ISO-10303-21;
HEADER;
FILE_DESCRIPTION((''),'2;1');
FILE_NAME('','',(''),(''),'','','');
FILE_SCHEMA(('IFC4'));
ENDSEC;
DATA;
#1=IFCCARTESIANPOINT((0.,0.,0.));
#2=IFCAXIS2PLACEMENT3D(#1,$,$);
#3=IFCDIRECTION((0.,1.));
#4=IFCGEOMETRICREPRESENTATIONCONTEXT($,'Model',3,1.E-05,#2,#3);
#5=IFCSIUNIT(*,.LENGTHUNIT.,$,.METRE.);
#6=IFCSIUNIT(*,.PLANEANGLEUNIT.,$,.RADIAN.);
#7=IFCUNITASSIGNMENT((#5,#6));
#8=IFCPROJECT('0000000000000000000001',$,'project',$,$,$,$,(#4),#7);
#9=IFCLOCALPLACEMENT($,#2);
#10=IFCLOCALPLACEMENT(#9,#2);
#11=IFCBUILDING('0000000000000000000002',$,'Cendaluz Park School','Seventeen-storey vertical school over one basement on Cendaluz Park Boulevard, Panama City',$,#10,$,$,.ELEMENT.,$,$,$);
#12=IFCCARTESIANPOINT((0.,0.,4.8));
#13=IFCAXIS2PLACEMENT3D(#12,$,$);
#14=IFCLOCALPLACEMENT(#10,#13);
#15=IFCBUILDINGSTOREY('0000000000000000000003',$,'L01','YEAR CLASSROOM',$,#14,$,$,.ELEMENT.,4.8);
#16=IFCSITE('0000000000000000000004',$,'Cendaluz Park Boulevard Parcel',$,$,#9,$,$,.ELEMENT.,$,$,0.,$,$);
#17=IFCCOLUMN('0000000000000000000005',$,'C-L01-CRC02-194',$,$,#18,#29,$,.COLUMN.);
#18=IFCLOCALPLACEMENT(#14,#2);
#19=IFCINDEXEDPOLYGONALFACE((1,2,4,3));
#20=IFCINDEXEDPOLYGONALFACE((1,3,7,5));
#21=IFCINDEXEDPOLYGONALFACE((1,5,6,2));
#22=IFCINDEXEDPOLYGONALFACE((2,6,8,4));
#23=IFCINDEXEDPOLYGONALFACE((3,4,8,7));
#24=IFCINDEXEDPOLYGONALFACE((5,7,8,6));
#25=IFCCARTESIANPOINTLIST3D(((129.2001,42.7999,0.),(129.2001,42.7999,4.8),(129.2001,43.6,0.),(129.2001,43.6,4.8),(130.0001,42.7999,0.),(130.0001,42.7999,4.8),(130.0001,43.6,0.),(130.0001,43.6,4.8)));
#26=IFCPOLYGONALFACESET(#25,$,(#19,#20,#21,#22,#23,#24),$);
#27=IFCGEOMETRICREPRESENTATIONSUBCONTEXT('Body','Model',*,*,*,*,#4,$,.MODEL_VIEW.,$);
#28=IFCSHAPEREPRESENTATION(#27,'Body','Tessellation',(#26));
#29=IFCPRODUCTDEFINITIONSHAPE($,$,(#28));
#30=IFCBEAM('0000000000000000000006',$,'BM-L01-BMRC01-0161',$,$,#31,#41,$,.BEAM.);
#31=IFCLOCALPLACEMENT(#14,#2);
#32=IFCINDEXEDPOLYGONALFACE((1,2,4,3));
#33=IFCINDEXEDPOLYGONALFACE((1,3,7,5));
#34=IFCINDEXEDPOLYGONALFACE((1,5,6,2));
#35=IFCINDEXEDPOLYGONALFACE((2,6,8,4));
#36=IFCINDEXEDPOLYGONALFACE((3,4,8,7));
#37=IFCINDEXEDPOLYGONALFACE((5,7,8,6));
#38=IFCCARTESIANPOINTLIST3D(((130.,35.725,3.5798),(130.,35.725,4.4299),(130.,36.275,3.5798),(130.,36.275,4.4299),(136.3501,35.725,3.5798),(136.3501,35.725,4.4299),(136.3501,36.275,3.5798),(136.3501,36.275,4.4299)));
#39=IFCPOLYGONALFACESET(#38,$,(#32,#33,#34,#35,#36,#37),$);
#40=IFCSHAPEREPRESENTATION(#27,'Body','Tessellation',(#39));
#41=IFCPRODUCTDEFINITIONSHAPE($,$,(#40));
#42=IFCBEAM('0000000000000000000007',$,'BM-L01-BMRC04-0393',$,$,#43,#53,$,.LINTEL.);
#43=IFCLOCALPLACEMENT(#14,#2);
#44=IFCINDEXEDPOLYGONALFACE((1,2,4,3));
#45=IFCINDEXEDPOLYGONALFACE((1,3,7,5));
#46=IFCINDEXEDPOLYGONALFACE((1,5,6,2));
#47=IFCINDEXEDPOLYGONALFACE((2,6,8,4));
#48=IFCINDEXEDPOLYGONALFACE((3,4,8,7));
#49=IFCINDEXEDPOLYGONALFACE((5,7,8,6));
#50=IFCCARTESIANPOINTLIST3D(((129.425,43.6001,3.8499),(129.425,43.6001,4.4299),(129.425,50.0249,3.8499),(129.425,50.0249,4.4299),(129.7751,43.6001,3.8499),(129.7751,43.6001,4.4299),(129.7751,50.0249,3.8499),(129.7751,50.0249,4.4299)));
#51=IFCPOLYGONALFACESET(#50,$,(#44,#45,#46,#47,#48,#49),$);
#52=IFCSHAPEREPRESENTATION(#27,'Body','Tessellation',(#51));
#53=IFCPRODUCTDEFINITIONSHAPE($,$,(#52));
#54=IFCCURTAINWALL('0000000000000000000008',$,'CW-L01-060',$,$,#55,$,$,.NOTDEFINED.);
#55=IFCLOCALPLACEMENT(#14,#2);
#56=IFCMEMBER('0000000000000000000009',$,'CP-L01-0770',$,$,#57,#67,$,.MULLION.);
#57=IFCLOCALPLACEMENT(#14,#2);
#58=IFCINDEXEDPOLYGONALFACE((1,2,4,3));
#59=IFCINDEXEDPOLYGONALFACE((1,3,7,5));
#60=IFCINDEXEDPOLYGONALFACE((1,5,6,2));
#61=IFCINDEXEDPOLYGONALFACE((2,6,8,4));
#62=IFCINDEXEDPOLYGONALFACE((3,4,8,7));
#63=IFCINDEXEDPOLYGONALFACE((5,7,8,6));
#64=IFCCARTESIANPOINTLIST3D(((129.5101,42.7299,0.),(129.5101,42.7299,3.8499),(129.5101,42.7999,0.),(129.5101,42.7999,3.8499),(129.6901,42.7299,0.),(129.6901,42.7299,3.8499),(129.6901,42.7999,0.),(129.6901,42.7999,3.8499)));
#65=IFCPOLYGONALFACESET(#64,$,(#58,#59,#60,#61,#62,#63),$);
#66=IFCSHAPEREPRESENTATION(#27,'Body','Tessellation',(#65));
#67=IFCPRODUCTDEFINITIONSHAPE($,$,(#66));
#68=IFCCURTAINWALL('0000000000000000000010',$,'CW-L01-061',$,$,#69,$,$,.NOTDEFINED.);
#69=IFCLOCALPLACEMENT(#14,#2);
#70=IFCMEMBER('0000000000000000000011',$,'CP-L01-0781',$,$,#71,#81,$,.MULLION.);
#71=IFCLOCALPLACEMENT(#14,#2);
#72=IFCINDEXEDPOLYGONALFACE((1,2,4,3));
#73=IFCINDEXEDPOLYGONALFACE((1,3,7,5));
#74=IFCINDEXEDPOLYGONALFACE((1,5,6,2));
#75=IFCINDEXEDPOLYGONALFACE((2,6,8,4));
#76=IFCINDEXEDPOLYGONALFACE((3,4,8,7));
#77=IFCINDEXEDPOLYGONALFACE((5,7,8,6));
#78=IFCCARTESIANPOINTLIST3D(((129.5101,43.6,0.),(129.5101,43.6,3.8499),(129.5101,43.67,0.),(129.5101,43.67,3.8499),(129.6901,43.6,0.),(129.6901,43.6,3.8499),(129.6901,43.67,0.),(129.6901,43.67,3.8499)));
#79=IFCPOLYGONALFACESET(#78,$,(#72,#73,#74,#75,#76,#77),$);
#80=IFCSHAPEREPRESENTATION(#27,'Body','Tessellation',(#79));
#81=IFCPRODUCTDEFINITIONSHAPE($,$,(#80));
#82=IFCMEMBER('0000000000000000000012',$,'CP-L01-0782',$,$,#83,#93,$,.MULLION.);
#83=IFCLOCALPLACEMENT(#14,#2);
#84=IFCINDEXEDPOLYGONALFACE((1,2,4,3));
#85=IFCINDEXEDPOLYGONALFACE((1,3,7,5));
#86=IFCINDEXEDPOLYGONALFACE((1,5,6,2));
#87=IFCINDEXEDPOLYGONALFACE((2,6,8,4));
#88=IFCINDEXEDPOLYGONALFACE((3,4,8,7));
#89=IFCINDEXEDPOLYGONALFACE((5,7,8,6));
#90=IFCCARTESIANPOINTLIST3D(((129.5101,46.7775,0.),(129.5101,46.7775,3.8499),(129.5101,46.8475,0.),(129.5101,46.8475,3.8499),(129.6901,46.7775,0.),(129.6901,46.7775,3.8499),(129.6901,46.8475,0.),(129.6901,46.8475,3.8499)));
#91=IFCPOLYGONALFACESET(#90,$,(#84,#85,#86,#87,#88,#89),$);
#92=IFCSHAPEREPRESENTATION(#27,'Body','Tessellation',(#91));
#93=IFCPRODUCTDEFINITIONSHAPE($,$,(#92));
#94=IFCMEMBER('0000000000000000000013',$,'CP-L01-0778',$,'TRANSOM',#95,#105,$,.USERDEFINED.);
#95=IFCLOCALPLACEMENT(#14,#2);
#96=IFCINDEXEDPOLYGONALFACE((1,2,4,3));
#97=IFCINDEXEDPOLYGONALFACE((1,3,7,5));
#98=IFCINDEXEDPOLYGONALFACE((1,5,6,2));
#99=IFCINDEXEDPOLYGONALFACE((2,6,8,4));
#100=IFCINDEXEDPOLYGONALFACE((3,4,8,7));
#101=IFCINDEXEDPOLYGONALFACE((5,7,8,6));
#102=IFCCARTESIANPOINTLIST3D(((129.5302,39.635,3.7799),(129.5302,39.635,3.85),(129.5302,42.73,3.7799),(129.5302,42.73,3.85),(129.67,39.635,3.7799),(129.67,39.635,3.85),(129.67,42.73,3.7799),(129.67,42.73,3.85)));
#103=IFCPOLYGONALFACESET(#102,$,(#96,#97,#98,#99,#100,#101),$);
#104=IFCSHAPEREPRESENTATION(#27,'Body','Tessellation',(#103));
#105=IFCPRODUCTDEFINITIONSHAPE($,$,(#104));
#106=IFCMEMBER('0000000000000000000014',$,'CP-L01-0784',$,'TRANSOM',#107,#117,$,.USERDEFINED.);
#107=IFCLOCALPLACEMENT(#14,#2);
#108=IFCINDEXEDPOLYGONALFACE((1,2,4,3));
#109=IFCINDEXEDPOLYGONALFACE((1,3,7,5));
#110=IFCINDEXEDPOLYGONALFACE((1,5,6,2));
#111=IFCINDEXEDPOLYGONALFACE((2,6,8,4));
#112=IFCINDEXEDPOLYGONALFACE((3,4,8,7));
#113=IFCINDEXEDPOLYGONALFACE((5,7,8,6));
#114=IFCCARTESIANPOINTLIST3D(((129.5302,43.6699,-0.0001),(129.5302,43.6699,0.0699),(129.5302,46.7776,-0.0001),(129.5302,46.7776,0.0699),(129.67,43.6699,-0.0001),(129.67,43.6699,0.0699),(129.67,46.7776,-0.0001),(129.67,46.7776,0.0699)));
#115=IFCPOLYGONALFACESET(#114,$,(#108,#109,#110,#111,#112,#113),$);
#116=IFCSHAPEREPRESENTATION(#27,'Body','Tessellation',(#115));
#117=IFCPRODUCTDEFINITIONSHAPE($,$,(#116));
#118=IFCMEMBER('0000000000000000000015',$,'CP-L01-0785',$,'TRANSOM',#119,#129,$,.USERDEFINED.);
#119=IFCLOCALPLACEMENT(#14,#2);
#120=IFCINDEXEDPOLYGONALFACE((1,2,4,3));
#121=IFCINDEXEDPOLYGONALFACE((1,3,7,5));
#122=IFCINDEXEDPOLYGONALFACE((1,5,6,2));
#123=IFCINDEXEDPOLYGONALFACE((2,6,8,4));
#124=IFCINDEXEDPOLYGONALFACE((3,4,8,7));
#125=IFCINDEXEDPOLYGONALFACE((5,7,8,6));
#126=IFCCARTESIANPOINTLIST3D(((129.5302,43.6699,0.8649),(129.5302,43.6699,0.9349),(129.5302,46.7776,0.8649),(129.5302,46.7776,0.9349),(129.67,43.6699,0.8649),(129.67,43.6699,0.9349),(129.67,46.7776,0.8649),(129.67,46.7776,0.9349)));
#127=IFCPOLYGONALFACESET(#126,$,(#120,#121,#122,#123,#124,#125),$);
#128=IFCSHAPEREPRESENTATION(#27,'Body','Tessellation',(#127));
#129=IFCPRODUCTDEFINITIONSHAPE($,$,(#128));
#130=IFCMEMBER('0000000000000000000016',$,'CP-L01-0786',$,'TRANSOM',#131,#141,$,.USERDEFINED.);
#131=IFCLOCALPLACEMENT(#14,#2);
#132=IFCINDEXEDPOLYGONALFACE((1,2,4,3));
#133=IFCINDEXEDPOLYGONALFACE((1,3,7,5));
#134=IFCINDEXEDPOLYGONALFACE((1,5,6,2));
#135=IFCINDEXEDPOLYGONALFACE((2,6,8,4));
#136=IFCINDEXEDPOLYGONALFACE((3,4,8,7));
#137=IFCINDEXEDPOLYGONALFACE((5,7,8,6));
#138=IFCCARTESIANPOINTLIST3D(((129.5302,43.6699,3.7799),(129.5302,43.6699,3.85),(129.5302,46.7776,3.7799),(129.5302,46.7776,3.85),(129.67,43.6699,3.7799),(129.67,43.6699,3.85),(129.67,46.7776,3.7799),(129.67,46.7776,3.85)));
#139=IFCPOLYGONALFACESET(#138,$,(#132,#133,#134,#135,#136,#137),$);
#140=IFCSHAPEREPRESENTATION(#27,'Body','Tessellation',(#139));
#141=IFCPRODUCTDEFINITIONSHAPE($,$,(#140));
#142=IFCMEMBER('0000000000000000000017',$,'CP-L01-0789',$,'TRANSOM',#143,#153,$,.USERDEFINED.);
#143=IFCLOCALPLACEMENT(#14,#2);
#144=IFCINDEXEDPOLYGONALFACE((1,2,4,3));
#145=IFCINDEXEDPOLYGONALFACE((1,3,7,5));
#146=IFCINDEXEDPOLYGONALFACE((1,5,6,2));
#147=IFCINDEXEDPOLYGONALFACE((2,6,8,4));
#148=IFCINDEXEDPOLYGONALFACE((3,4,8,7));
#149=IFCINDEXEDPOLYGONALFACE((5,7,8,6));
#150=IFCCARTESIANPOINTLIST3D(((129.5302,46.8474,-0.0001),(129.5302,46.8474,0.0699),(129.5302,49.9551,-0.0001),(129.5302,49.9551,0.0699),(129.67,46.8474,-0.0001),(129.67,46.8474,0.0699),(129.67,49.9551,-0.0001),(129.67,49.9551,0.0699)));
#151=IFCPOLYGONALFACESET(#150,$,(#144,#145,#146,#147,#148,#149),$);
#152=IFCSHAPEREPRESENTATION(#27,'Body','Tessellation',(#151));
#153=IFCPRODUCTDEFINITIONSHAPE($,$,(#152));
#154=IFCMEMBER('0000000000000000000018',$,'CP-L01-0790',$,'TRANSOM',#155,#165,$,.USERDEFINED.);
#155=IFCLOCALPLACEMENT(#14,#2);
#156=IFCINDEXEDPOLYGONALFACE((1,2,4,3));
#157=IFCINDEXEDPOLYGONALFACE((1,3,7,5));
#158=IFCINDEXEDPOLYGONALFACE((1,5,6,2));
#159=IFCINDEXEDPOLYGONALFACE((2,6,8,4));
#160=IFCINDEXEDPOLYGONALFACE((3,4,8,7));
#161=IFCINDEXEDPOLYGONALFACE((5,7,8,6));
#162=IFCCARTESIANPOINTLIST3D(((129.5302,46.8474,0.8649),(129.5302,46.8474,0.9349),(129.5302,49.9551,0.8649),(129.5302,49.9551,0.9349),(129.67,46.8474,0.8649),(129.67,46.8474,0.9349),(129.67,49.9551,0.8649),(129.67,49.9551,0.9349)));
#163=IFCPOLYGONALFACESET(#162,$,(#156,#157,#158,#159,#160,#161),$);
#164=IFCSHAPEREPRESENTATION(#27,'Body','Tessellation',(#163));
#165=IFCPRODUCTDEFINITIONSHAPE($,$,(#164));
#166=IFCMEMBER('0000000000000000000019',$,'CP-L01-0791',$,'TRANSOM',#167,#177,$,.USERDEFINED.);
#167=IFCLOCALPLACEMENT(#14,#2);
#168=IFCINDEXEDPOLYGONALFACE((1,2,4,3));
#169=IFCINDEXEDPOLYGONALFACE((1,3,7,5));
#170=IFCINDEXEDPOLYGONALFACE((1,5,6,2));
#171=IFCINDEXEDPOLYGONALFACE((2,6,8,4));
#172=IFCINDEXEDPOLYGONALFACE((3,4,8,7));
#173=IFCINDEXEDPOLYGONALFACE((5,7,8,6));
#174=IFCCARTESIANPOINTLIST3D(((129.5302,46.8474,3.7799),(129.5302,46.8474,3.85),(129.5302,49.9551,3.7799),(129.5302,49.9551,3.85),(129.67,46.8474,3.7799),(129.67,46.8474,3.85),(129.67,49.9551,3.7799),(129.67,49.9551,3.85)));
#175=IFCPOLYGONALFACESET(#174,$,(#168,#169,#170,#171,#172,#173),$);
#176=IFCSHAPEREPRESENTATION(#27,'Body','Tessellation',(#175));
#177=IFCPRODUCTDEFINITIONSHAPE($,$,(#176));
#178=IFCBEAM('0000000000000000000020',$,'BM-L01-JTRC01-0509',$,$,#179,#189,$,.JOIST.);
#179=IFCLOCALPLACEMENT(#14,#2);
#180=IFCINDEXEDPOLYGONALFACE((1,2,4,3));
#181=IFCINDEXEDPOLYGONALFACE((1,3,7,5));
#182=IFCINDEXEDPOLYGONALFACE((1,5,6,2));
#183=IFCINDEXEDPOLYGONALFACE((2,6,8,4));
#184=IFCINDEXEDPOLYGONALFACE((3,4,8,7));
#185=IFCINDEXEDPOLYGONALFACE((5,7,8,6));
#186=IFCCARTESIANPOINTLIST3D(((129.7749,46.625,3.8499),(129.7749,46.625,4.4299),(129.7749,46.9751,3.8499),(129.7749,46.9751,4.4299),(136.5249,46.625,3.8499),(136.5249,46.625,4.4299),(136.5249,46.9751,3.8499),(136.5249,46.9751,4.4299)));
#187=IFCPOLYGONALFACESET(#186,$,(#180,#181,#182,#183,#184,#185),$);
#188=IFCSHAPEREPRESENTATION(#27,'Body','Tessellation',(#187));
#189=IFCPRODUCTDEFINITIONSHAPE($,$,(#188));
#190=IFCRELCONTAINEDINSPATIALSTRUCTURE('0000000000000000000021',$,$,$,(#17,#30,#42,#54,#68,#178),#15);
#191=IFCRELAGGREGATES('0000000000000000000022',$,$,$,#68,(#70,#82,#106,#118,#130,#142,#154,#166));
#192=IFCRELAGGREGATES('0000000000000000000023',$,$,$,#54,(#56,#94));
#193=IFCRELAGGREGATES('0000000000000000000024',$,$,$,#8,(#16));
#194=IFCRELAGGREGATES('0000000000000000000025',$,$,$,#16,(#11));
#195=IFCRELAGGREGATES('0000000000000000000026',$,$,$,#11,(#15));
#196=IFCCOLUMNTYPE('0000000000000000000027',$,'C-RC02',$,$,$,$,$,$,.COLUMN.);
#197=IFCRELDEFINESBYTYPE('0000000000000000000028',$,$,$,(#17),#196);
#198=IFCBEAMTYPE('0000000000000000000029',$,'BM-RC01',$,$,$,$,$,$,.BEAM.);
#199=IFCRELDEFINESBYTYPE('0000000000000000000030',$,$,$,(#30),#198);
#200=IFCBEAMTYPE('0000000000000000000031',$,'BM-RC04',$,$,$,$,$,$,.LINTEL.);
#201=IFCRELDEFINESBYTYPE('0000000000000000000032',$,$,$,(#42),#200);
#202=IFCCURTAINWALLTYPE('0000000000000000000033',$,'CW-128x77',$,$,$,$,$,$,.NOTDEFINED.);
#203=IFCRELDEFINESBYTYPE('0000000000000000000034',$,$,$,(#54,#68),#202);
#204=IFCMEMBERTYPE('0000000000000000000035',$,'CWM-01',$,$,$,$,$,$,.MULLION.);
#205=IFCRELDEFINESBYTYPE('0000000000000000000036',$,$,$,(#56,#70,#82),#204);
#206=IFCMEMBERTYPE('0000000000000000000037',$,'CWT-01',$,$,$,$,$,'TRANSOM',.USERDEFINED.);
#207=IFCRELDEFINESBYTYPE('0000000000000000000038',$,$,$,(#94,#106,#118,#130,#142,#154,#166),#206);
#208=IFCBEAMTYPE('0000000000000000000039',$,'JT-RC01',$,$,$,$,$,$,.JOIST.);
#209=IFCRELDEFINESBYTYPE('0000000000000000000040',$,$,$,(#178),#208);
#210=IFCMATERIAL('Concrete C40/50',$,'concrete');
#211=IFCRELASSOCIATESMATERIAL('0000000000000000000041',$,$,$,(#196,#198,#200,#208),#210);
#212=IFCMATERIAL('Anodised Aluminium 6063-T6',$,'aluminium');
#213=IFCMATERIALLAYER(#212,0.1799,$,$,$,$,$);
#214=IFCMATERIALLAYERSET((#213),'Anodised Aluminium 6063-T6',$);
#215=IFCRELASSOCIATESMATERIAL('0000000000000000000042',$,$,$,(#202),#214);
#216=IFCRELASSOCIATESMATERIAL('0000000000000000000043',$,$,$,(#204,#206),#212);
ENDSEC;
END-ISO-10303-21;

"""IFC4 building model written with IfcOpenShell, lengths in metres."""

from ifc_helpers import new_model, si_unit, direction, frame, origin, origin_2d, place, context, subcontext, project, spatial, rectangle, extrude, material, layer, layer_set, material_profile, profile_set, type_object, element, aggregate, save


model = new_model("IFC4")

# Units and contexts
model_context = context("Model", 3, precision=1e-05, world=origin(), true_north=direction((0.0, 1.0)))
body_context = subcontext(model_context, "Body", "Model", "MODEL_VIEW")
ifc_project = project(units=[si_unit("LENGTHUNIT", "METRE"), si_unit("PLANEANGLEUNIT", "RADIAN")], contexts=[model_context])

# Site, building, storey
site_placement = place(None, origin())
site = spatial("IfcSite", under=ifc_project, at=site_placement, Name="Cendaluz Park Boulevard Parcel", CompositionType="ELEMENT", RefElevation=0.0)
building_placement = place(site_placement, origin())
building = spatial("IfcBuilding", under=site, at=building_placement, Name="Cendaluz Park School", Description="Seventeen-storey vertical school over one basement on Cendaluz Park Boulevard, Panama City", CompositionType="ELEMENT")
storey_placement = place(building_placement, frame((0.0, 0.0, 4.8)))
storey = spatial("IfcBuildingStorey", under=building, at=storey_placement, Name="L01", Description="YEAR CLASSROOM", CompositionType="ELEMENT", Elevation=4.8)

# Column
ifc_material_1 = material(Name="Concrete C40/50", Category="concrete")
ifc_material_profile_1 = material_profile(ifc_material_1, rectangle(XDim=0.8, YDim=0.8, at=origin_2d()), Name="RC 800x800", Category="concrete")
ifc_profile_set_1 = profile_set([ifc_material_profile_1], Name="Concrete C40/50")
column_type = type_object("IfcColumnType", Name="C-RC02", PredefinedType="COLUMN", material=ifc_profile_set_1)
column_placement = place(storey_placement, frame((129.6001, 43.2, 0.0), z_axis=(0.0, 0.0, 1.0), x_axis=(1.0, 0.0, 0.0)))
element("IfcColumn", 1, at=column_placement, inside=storey, type_object=column_type, Name="C-L01-CRC02-194", PredefinedType="COLUMN", context=body_context, shape_type="SweptSolid", body=[
    extrude(rectangle(XDim=0.8, YDim=0.8, at=origin_2d()), origin(), (0.0, 0.0, 1.0), 4.8),
])

# Beams
ifc_material_profile_2 = material_profile(ifc_material_1, rectangle(XDim=0.55, YDim=0.8501, at=origin_2d()), Name="RC 550x850", Category="concrete")
ifc_profile_set_2 = profile_set([ifc_material_profile_2], Name="Concrete C40/50")
beam_type_1 = type_object("IfcBeamType", Name="BM-RC01", PredefinedType="BEAM", material=ifc_profile_set_2)
beam_1_placement = place(storey_placement, frame((130.0, 36.0, 4.0049), z_axis=(1.0, 0.0, 0.0), x_axis=(0.0, 1.0, 0.0)))
element("IfcBeam", 2, at=beam_1_placement, inside=storey, type_object=beam_type_1, Name="BM-L01-BMRC01-0161", PredefinedType="BEAM", context=body_context, shape_type="SweptSolid", body=[
    extrude(rectangle(XDim=0.55, YDim=0.8501, at=origin_2d()), origin(), (0.0, 0.0, 1.0), 6.3501),
])
ifc_material_profile_3 = material_profile(ifc_material_1, rectangle(XDim=0.3501, YDim=0.5801, at=origin_2d()), Name="RC 350x580", Category="concrete")
ifc_profile_set_3 = profile_set([ifc_material_profile_3], Name="Concrete C40/50")
beam_type_2 = type_object("IfcBeamType", Name="BM-RC04", PredefinedType="LINTEL", material=ifc_profile_set_3)
beam_2_placement = place(storey_placement, frame((129.6001, 43.6001, 4.1399), z_axis=(0.0, 1.0, 0.0), x_axis=(-1.0, 0.0, 0.0)))
element("IfcBeam", 3, at=beam_2_placement, inside=storey, type_object=beam_type_2, Name="BM-L01-BMRC04-0393", PredefinedType="LINTEL", context=body_context, shape_type="SweptSolid", body=[
    extrude(rectangle(XDim=0.3501, YDim=0.5801, at=origin_2d()), origin(), (0.0, 0.0, 1.0), 6.4248),
])

# Curtain wall, member
ifc_material_2 = material(Name="Anodised Aluminium 6063-T6", Category="aluminium")
ifc_layer_1 = layer(ifc_material_2, 0.1799)
ifc_layer_set_1 = layer_set([ifc_layer_1], Name="Anodised Aluminium 6063-T6")
curtain_wall_type = type_object("IfcCurtainWallType", Name="CW-128x77", PredefinedType="NOTDEFINED", material=ifc_layer_set_1)
curtain_wall_1_placement = place(storey_placement, origin())
curtain_wall_1 = element("IfcCurtainWall", 4, at=curtain_wall_1_placement, inside=storey, type_object=curtain_wall_type, Name="CW-L01-060", PredefinedType="NOTDEFINED")
ifc_material_profile_4 = material_profile(ifc_material_2, rectangle(XDim=0.1799, YDim=0.0701, at=origin_2d()), Name="CWM 180x70", Category="aluminium")
ifc_profile_set_4 = profile_set([ifc_material_profile_4], Name="Anodised Aluminium 6063-T6")
member_type_1 = type_object("IfcMemberType", Name="CWM-01", PredefinedType="MULLION", material=ifc_profile_set_4)
member_1_placement = place(storey_placement, frame((129.6001, 42.7649, 0.0), z_axis=(0.0, 0.0, 1.0), x_axis=(-1.0, 0.0, 0.0)))
member_1 = element("IfcMember", 5, at=member_1_placement, type_object=member_type_1, Name="CP-L01-0770", PredefinedType="MULLION", context=body_context, shape_type="SweptSolid", body=[
    extrude(rectangle(XDim=0.1799, YDim=0.0701, at=origin_2d()), origin(), (0.0, 0.0, 1.0), 3.8499),
])

# Curtain wall, members
curtain_wall_2_placement = place(storey_placement, origin())
curtain_wall_2 = element("IfcCurtainWall", 6, at=curtain_wall_2_placement, inside=storey, type_object=curtain_wall_type, Name="CW-L01-061", PredefinedType="NOTDEFINED")
member_2_placement = place(storey_placement, frame((129.6001, 43.635, 0.0), z_axis=(0.0, 0.0, 1.0), x_axis=(-1.0, 0.0, 0.0)))
member_2 = element("IfcMember", 7, at=member_2_placement, type_object=member_type_1, Name="CP-L01-0781", PredefinedType="MULLION", context=body_context, shape_type="SweptSolid", body=[
    extrude(rectangle(XDim=0.1799, YDim=0.0701, at=origin_2d()), origin(), (0.0, 0.0, 1.0), 3.8499),
])
member_3_placement = place(storey_placement, frame((129.6001, 46.8125, 0.0), z_axis=(0.0, 0.0, 1.0), x_axis=(-1.0, 0.0, 0.0)))
member_3 = element("IfcMember", 8, at=member_3_placement, type_object=member_type_1, Name="CP-L01-0782", PredefinedType="MULLION", context=body_context, shape_type="SweptSolid", body=[
    extrude(rectangle(XDim=0.1799, YDim=0.0701, at=origin_2d()), origin(), (0.0, 0.0, 1.0), 3.8499),
])

# Members
ifc_material_profile_5 = material_profile(ifc_material_2, rectangle(XDim=0.1399, YDim=0.0701, at=origin_2d()), Name="CWT 140x70", Category="aluminium")
ifc_profile_set_5 = profile_set([ifc_material_profile_5], Name="Anodised Aluminium 6063-T6")
member_type_2 = type_object("IfcMemberType", Name="CWT-01", ElementType="TRANSOM", PredefinedType="USERDEFINED", material=ifc_profile_set_5)
member_4_placement = place(storey_placement, frame((129.6001, 39.635, 3.8149), z_axis=(0.0, 1.0, 0.0), x_axis=(-1.0, 0.0, 0.0)))
member_4 = element("IfcMember", 9, at=member_4_placement, type_object=member_type_2, Name="CP-L01-0778", ObjectType="TRANSOM", PredefinedType="USERDEFINED", context=body_context, shape_type="SweptSolid", body=[
    extrude(rectangle(XDim=0.1399, YDim=0.0701, at=origin_2d()), origin(), (0.0, 0.0, 1.0), 3.095),
])
member_5_placement = place(storey_placement, frame((129.6001, 43.6699, 0.0349), z_axis=(0.0, 1.0, 0.0), x_axis=(-1.0, 0.0, 0.0)))
member_5 = element("IfcMember", 10, at=member_5_placement, type_object=member_type_2, Name="CP-L01-0784", ObjectType="TRANSOM", PredefinedType="USERDEFINED", context=body_context, shape_type="SweptSolid", body=[
    extrude(rectangle(XDim=0.1399, YDim=0.0701, at=origin_2d()), origin(), (0.0, 0.0, 1.0), 3.1077),
])
member_6_placement = place(storey_placement, frame((129.6001, 43.6699, 0.8999), z_axis=(0.0, 1.0, 0.0), x_axis=(-1.0, 0.0, 0.0)))
member_6 = element("IfcMember", 11, at=member_6_placement, type_object=member_type_2, Name="CP-L01-0785", ObjectType="TRANSOM", PredefinedType="USERDEFINED", context=body_context, shape_type="SweptSolid", body=[
    extrude(rectangle(XDim=0.1399, YDim=0.0701, at=origin_2d()), origin(), (0.0, 0.0, 1.0), 3.1077),
])
member_7_placement = place(storey_placement, frame((129.6001, 43.6699, 3.8149), z_axis=(0.0, 1.0, 0.0), x_axis=(-1.0, 0.0, 0.0)))
member_7 = element("IfcMember", 12, at=member_7_placement, type_object=member_type_2, Name="CP-L01-0786", ObjectType="TRANSOM", PredefinedType="USERDEFINED", context=body_context, shape_type="SweptSolid", body=[
    extrude(rectangle(XDim=0.1399, YDim=0.0701, at=origin_2d()), origin(), (0.0, 0.0, 1.0), 3.1077),
])
member_8_placement = place(storey_placement, frame((129.6001, 46.8474, 0.0349), z_axis=(0.0, 1.0, 0.0), x_axis=(-1.0, 0.0, 0.0)))
member_8 = element("IfcMember", 13, at=member_8_placement, type_object=member_type_2, Name="CP-L01-0789", ObjectType="TRANSOM", PredefinedType="USERDEFINED", context=body_context, shape_type="SweptSolid", body=[
    extrude(rectangle(XDim=0.1399, YDim=0.0701, at=origin_2d()), origin(), (0.0, 0.0, 1.0), 3.1077),
])
member_9_placement = place(storey_placement, frame((129.6001, 46.8474, 0.8999), z_axis=(0.0, 1.0, 0.0), x_axis=(-1.0, 0.0, 0.0)))
member_9 = element("IfcMember", 14, at=member_9_placement, type_object=member_type_2, Name="CP-L01-0790", ObjectType="TRANSOM", PredefinedType="USERDEFINED", context=body_context, shape_type="SweptSolid", body=[
    extrude(rectangle(XDim=0.1399, YDim=0.0701, at=origin_2d()), origin(), (0.0, 0.0, 1.0), 3.1077),
])
member_10_placement = place(storey_placement, frame((129.6001, 46.8474, 3.8149), z_axis=(0.0, 1.0, 0.0), x_axis=(-1.0, 0.0, 0.0)))
member_10 = element("IfcMember", 15, at=member_10_placement, type_object=member_type_2, Name="CP-L01-0791", ObjectType="TRANSOM", PredefinedType="USERDEFINED", context=body_context, shape_type="SweptSolid", body=[
    extrude(rectangle(XDim=0.1399, YDim=0.0701, at=origin_2d()), origin(), (0.0, 0.0, 1.0), 3.1077),
])

# Beam
ifc_material_profile_6 = material_profile(ifc_material_1, rectangle(XDim=0.3501, YDim=0.5801, at=origin_2d()), Name="RC 350x580", Category="concrete")
ifc_profile_set_6 = profile_set([ifc_material_profile_6], Name="Concrete C40/50")
beam_type_3 = type_object("IfcBeamType", Name="JT-RC01", PredefinedType="JOIST", material=ifc_profile_set_6)
beam_3_placement = place(storey_placement, frame((129.7749, 46.8, 4.1399), z_axis=(1.0, 0.0, 0.0), x_axis=(0.0, 1.0, 0.0)))
element("IfcBeam", 16, at=beam_3_placement, inside=storey, type_object=beam_type_3, Name="BM-L01-JTRC01-0509", PredefinedType="JOIST", context=body_context, shape_type="SweptSolid", body=[
    extrude(rectangle(XDim=0.3501, YDim=0.5801, at=origin_2d()), origin(), (0.0, 0.0, 1.0), 6.75),
])

aggregate(curtain_wall_2, [member_2, member_3, member_5, member_6, member_7, member_8, member_9, member_10])
aggregate(curtain_wall_1, [member_1, member_4])

save(model, "model.ifc")
